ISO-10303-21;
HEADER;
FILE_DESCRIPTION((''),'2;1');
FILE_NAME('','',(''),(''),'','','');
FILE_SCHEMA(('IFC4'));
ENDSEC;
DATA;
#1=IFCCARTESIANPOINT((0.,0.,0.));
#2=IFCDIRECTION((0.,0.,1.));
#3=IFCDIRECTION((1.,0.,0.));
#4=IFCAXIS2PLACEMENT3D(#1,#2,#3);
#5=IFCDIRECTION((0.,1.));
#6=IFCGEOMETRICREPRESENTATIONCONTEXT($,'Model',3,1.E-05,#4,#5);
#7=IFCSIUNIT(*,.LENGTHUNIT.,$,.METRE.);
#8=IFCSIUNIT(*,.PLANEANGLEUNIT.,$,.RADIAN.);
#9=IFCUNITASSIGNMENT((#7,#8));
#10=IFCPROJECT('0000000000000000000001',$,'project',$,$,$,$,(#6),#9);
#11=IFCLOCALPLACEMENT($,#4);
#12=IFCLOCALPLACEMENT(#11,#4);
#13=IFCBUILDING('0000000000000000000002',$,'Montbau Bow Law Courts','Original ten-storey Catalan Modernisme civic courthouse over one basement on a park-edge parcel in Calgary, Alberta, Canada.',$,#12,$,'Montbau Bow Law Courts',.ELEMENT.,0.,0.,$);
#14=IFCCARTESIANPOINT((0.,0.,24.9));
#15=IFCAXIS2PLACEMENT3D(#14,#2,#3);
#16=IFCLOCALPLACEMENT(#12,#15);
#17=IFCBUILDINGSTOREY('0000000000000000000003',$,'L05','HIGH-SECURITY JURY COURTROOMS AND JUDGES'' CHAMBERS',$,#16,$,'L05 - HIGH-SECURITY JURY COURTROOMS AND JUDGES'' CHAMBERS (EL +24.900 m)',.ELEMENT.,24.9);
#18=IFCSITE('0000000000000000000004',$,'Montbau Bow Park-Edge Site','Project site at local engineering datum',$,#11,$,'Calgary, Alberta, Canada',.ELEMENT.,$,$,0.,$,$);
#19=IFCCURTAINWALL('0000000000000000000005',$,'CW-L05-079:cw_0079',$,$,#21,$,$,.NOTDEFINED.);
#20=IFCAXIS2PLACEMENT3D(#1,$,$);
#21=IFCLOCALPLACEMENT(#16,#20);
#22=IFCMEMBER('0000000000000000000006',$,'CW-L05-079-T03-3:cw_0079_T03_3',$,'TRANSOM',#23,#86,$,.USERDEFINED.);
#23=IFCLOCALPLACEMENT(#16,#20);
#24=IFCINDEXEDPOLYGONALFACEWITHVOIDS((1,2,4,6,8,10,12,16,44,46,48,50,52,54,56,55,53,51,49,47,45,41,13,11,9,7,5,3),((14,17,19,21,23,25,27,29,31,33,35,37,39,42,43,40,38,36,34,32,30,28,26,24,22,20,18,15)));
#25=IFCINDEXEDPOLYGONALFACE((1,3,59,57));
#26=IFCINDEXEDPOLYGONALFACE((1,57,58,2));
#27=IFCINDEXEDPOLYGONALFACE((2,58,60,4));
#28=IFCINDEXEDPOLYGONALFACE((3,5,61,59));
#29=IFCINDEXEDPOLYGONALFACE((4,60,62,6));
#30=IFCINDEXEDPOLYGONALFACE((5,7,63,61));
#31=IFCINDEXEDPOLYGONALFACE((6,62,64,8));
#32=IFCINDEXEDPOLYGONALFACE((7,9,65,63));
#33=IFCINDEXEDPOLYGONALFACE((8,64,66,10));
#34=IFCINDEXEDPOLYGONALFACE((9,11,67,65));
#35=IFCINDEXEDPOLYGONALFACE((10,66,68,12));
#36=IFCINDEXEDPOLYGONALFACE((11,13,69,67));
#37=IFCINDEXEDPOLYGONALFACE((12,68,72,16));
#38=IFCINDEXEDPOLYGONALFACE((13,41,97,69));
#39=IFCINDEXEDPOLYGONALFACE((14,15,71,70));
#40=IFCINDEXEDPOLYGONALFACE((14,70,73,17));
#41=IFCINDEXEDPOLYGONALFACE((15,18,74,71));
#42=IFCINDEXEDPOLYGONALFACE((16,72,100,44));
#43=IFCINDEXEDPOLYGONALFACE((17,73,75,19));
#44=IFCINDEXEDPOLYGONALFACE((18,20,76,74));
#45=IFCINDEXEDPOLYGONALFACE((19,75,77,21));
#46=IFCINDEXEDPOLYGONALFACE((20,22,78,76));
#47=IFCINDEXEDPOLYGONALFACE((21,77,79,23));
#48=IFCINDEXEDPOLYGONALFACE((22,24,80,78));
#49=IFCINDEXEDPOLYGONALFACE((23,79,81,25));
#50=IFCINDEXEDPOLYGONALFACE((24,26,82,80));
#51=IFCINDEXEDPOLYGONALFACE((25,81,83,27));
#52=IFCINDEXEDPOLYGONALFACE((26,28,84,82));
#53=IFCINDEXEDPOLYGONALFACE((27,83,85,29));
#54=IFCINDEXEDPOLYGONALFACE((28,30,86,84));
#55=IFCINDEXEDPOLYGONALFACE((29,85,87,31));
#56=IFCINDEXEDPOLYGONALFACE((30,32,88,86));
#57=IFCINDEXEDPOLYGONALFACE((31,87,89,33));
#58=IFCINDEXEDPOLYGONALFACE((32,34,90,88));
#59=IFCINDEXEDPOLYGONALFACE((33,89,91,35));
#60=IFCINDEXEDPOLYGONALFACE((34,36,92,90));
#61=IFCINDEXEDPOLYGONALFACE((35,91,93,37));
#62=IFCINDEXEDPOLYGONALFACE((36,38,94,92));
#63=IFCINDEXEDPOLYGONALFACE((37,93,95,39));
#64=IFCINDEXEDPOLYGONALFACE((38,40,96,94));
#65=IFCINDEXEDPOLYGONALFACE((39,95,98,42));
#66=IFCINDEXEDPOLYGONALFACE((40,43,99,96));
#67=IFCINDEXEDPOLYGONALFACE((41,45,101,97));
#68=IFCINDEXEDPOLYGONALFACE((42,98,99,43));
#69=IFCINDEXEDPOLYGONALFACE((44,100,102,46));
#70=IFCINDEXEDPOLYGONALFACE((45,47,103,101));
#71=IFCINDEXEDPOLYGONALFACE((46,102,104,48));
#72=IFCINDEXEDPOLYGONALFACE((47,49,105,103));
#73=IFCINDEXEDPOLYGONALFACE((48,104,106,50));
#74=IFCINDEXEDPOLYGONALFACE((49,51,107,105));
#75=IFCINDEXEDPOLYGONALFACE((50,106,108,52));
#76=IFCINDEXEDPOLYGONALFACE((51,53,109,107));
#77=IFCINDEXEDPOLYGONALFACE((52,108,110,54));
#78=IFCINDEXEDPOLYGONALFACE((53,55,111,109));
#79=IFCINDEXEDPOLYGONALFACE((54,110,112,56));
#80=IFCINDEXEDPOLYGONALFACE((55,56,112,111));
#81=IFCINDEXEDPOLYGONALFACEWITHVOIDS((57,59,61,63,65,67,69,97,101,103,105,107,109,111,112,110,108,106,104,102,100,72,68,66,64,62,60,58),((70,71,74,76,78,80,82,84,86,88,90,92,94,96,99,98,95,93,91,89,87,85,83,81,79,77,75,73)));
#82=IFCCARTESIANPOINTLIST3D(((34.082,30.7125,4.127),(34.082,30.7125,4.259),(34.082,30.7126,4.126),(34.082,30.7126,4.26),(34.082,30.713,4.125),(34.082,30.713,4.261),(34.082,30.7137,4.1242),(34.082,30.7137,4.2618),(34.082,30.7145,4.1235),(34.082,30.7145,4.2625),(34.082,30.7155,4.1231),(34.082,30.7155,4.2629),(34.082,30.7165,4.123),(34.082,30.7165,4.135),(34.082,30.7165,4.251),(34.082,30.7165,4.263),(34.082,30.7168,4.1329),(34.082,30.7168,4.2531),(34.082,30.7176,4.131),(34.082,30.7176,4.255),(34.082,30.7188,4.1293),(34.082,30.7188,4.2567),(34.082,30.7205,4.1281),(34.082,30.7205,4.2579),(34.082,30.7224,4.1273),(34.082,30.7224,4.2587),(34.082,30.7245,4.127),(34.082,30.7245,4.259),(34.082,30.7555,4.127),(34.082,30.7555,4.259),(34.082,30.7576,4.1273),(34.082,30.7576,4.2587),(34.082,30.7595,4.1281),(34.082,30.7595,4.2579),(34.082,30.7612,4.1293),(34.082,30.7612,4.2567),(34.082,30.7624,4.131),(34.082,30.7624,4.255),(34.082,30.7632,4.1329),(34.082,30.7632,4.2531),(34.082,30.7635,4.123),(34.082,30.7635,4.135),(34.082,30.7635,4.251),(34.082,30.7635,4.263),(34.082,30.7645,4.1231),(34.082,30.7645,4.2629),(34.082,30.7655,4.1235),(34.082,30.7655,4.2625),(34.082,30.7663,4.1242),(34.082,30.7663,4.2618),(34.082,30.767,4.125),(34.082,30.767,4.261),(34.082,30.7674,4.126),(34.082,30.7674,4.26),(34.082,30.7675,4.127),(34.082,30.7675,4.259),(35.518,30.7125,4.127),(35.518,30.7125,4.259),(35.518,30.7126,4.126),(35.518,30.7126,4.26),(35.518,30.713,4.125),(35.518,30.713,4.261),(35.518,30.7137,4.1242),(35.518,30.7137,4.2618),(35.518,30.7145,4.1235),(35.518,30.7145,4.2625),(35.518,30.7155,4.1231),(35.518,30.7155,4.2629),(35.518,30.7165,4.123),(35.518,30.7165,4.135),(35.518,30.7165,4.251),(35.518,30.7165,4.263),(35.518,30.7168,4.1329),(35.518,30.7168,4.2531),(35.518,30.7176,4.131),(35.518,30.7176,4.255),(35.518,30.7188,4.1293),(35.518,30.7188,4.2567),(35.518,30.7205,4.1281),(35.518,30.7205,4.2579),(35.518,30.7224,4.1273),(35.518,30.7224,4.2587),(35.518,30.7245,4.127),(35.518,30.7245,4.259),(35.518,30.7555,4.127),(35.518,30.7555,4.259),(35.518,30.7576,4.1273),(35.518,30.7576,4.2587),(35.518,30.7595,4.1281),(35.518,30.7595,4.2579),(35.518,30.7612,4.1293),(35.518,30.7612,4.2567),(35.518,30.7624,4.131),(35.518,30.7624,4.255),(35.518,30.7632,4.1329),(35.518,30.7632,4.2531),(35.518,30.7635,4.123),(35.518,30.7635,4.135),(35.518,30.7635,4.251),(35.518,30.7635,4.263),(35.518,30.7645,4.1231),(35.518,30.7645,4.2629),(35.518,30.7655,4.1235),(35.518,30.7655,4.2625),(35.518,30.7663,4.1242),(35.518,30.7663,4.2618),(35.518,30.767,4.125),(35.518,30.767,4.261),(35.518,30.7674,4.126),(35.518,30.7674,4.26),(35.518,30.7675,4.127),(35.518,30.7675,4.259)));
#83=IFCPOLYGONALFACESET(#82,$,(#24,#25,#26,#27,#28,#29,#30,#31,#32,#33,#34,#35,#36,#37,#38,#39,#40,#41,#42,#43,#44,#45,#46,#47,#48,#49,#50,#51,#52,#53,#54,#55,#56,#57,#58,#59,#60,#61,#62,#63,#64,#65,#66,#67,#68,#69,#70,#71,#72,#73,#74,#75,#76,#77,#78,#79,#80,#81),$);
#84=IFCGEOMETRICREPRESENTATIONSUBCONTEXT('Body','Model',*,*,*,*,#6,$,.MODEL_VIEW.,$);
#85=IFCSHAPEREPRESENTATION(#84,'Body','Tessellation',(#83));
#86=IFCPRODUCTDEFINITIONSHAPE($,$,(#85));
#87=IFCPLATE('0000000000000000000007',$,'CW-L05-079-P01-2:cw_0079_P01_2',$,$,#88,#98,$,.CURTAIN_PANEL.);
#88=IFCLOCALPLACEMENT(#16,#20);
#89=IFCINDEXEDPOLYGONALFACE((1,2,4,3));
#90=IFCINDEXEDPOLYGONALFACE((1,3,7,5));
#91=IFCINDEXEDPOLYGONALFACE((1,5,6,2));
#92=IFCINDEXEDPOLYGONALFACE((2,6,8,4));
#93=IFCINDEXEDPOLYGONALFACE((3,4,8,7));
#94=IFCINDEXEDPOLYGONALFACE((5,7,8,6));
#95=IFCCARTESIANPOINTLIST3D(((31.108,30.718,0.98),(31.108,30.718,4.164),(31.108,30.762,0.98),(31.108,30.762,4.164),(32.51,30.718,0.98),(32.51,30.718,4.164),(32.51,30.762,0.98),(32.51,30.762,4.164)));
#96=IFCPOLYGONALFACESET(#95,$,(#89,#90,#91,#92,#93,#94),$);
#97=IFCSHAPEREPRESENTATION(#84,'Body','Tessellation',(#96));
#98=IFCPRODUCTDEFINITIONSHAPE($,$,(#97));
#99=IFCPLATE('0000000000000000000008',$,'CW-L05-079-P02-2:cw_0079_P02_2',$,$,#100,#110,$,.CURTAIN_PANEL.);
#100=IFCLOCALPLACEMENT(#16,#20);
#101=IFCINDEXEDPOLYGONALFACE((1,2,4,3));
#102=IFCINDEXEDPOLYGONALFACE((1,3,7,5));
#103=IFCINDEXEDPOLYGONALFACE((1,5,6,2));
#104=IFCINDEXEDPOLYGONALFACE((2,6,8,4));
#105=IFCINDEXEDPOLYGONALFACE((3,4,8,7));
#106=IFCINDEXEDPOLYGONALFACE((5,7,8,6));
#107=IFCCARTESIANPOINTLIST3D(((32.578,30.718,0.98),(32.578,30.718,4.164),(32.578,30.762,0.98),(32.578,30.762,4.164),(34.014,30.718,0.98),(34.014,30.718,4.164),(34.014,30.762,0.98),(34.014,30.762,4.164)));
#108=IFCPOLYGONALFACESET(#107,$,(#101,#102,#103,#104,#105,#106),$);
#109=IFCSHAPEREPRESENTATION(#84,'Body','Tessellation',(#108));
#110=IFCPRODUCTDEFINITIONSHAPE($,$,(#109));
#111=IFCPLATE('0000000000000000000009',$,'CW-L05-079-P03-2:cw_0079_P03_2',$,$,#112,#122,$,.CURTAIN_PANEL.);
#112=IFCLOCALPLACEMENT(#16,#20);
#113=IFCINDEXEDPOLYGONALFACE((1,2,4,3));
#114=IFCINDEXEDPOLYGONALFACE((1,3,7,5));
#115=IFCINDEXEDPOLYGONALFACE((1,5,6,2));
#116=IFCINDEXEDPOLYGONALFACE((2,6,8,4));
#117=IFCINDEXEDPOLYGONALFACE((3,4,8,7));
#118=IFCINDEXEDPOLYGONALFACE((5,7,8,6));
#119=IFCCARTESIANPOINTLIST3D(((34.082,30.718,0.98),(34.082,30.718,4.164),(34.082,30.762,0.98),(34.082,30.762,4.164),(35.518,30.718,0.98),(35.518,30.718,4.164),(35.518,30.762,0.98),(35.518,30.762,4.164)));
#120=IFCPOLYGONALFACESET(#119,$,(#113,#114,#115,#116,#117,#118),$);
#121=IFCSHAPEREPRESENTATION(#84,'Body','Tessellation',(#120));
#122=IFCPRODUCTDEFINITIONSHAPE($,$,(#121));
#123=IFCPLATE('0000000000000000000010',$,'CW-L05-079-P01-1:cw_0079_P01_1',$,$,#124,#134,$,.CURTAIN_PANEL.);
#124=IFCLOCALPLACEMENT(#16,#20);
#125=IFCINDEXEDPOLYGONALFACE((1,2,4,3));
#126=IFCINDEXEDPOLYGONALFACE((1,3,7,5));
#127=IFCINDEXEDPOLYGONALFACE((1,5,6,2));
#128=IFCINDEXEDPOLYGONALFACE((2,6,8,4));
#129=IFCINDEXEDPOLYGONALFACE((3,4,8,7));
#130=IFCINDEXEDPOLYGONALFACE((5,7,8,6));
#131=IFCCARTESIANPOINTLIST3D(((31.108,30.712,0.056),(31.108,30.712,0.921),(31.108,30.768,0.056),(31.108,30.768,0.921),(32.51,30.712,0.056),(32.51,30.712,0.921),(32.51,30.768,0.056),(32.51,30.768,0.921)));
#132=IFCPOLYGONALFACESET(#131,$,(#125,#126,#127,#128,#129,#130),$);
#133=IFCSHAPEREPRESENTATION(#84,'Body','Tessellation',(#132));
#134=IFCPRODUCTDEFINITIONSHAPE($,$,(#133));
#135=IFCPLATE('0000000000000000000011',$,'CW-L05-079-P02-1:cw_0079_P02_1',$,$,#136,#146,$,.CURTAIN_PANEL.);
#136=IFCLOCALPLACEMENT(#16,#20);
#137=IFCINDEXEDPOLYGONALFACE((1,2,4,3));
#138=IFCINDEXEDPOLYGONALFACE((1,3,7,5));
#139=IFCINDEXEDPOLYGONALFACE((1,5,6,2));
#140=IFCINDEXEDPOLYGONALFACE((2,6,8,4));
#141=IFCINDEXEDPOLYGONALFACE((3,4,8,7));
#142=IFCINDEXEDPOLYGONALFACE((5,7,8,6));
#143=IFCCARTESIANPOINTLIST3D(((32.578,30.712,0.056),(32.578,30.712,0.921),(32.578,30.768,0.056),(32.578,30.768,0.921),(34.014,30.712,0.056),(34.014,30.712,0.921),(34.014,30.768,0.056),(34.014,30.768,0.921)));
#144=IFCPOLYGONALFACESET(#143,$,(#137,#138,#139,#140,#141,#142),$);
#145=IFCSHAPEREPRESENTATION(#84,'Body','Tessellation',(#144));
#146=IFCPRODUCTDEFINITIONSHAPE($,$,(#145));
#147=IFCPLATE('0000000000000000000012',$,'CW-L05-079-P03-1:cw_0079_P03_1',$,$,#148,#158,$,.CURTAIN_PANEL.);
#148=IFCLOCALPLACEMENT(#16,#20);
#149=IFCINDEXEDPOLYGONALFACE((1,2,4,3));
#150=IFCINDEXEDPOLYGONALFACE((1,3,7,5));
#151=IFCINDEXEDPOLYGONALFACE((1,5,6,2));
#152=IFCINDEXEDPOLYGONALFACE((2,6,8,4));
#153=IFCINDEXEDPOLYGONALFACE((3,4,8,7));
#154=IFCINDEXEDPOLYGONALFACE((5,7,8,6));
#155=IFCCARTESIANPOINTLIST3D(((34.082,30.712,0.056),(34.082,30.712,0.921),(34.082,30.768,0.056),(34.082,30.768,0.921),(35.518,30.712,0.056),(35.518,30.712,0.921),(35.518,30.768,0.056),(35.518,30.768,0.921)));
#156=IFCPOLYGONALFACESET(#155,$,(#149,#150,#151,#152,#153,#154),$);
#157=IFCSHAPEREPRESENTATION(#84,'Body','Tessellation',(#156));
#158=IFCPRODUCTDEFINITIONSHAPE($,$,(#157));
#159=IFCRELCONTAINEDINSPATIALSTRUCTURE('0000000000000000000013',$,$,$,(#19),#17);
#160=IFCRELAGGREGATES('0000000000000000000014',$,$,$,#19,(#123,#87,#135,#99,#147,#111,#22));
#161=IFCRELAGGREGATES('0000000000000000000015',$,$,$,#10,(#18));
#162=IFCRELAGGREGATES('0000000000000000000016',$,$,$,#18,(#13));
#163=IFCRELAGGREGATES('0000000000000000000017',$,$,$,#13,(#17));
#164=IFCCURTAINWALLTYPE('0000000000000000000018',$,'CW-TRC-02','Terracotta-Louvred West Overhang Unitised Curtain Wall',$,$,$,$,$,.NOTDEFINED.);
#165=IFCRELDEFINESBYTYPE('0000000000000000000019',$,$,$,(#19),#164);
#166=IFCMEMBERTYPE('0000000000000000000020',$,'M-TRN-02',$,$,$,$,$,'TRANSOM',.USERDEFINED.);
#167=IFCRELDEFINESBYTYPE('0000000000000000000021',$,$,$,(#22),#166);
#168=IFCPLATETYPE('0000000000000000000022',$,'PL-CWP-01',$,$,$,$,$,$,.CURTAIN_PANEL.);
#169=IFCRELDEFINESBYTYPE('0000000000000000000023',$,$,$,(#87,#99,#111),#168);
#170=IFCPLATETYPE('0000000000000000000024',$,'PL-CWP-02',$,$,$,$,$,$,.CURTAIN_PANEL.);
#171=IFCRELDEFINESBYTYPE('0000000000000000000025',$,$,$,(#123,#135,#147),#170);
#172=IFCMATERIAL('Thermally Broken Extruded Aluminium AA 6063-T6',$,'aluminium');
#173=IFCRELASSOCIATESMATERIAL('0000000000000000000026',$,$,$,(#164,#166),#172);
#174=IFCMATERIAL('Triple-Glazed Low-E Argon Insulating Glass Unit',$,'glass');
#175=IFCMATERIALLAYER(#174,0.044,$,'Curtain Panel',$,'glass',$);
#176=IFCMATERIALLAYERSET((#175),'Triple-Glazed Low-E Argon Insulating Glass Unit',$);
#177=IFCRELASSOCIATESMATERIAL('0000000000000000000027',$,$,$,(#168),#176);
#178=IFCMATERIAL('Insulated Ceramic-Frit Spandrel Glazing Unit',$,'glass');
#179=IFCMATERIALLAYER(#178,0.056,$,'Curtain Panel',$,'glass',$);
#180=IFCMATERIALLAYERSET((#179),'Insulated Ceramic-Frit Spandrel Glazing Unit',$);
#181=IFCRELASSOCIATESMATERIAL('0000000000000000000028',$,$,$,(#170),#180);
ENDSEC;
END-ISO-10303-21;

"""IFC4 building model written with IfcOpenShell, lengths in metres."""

from ifc_helpers import new_model, si_unit, direction, frame, frame_2d, origin_with_axes, origin_2d_with_axis, place, context, subcontext, project, spatial, rectangle, hollow_rectangle, extrude, material, layer, layer_set, material_profile, profile_set, type_object, element, aggregate, save


model = new_model("IFC4")

# Units and contexts
model_context = context("Model", 3, precision=1e-05, world=origin_with_axes(), true_north=direction((0.0, 1.0)))
body_context = subcontext(model_context, "Body", "Model", "MODEL_VIEW")
ifc_project = project(units=[si_unit("LENGTHUNIT", "METRE"), si_unit("PLANEANGLEUNIT", "RADIAN")], contexts=[model_context])

# Site, building, storey
site_placement = place(None, origin_with_axes())
site = spatial("IfcSite", under=ifc_project, at=site_placement, Name="Montbau Bow Park-Edge Site", Description="Project site at local engineering datum", LongName="Calgary, Alberta, Canada", CompositionType="ELEMENT", RefElevation=0.0)
building_placement = place(site_placement, origin_with_axes())
building = spatial("IfcBuilding", under=site, at=building_placement, Name="Montbau Bow Law Courts", Description="Original ten-storey Catalan Modernisme civic courthouse over one basement on a park-edge parcel in Calgary, Alberta, Canada.", LongName="Montbau Bow Law Courts", CompositionType="ELEMENT", ElevationOfRefHeight=0.0, ElevationOfTerrain=0.0)
storey_placement = place(building_placement, frame((0.0, 0.0, 24.9), z_axis=(0.0, 0.0, 1.0), x_axis=(1.0, 0.0, 0.0)))
storey = spatial("IfcBuildingStorey", under=building, at=storey_placement, Name="L05", Description="HIGH-SECURITY JURY COURTROOMS AND JUDGES' CHAMBERS", LongName="L05 - HIGH-SECURITY JURY COURTROOMS AND JUDGES' CHAMBERS (EL +24.900 m)", CompositionType="ELEMENT", Elevation=24.9)

# Shared definitions
ifc_material_1 = material(Name="Thermally Broken Extruded Aluminium AA 6063-T6", Category="aluminium")
curtain_wall_type = type_object("IfcCurtainWallType", Name="CW-TRC-02", Description="Terracotta-Louvred West Overhang Unitised Curtain Wall", PredefinedType="NOTDEFINED", material=ifc_material_1)

# Curtain wall
curtain_wall_1_placement = place(None, frame((31.04, 30.74, 24.9), z_axis=(0.0, 0.0, 1.0), x_axis=(1.0, 0.0, 0.0)))
curtain_wall_1 = element("IfcCurtainWall", 1, at=curtain_wall_1_placement, inside=storey, type_object=curtain_wall_type, Name="CW-L05-079:cw_0079", PredefinedType="NOTDEFINED")

# Member
ifc_material_profile_1 = material_profile(ifc_material_1, hollow_rectangle(XDim=0.055, YDim=0.14, WallThickness=0.004, InnerFilletRadius=0.008, OuterFilletRadius=0.004, at=origin_2d_with_axis()), Name="CWT-140X55", Category="Main", Priority=0)
ifc_profile_set_1 = profile_set([ifc_material_profile_1], Name="Thermally Broken Extruded Aluminium AA 6063-T6")
member_type_1 = type_object("IfcMemberType", Name="M-TRN-02", ElementType="TRANSOM", PredefinedType="USERDEFINED", material=ifc_profile_set_1)
member_1_placement = place(None, frame((34.082, 30.74, 29.093), z_axis=(1.0, 0.0, 0.0), x_axis=(0.0, 1.0, 0.0)))
member_1 = element("IfcMember", 2, at=member_1_placement, type_object=member_type_1, Name="CW-L05-079-T03-3:cw_0079_T03_3", ObjectType="TRANSOM", PredefinedType="USERDEFINED", context=body_context, shape_type="SweptSolid", body=[
    extrude(hollow_rectangle(XDim=0.055, YDim=0.14, WallThickness=0.004, InnerFilletRadius=0.008, OuterFilletRadius=0.004, at=origin_2d_with_axis()), origin_with_axes(), (0.0, 0.0, 1.0), 1.436),
])

# Plates
ifc_material_2 = material(Name="Triple-Glazed Low-E Argon Insulating Glass Unit", Category="glass")
ifc_layer_1 = layer(ifc_material_2, 0.044, Name="Curtain Panel", Category="glass")
ifc_layer_set_1 = layer_set([ifc_layer_1], Name="Triple-Glazed Low-E Argon Insulating Glass Unit")
plate_type_1 = type_object("IfcPlateType", Name="PL-CWP-01", PredefinedType="CURTAIN_PANEL", material=ifc_layer_set_1)
plate_1_placement = place(None, frame((31.108, 30.74, 25.88), z_axis=(0.0, -1.0, 0.0), x_axis=(1.0, 0.0, 0.0)))
plate_1 = element("IfcPlate", 3, at=plate_1_placement, type_object=plate_type_1, Name="CW-L05-079-P01-2:cw_0079_P01_2", PredefinedType="CURTAIN_PANEL", context=body_context, shape_type="SweptSolid", body=[
    extrude(rectangle(XDim=1.402, YDim=3.184, at=frame_2d((0.701, 1.592), x_axis=(1.0, 0.0))), frame((0.0, 0.0, -0.022), z_axis=(0.0, 0.0, 1.0), x_axis=(1.0, 0.0, 0.0)), (0.0, 0.0, 1.0), 0.044),
])
plate_2_placement = place(None, frame((32.578, 30.74, 25.88), z_axis=(0.0, -1.0, 0.0), x_axis=(1.0, 0.0, 0.0)))
plate_2 = element("IfcPlate", 4, at=plate_2_placement, type_object=plate_type_1, Name="CW-L05-079-P02-2:cw_0079_P02_2", PredefinedType="CURTAIN_PANEL", context=body_context, shape_type="SweptSolid", body=[
    extrude(rectangle(XDim=1.436, YDim=3.184, at=frame_2d((0.718, 1.592), x_axis=(1.0, 0.0))), frame((0.0, 0.0, -0.022), z_axis=(0.0, 0.0, 1.0), x_axis=(1.0, 0.0, 0.0)), (0.0, 0.0, 1.0), 0.044),
])
plate_3_placement = place(None, frame((34.082, 30.74, 25.88), z_axis=(0.0, -1.0, 0.0), x_axis=(1.0, 0.0, 0.0)))
plate_3 = element("IfcPlate", 5, at=plate_3_placement, type_object=plate_type_1, Name="CW-L05-079-P03-2:cw_0079_P03_2", PredefinedType="CURTAIN_PANEL", context=body_context, shape_type="SweptSolid", body=[
    extrude(rectangle(XDim=1.436, YDim=3.184, at=frame_2d((0.718, 1.592), x_axis=(1.0, 0.0))), frame((0.0, 0.0, -0.022), z_axis=(0.0, 0.0, 1.0), x_axis=(1.0, 0.0, 0.0)), (0.0, 0.0, 1.0), 0.044),
])
ifc_material_3 = material(Name="Insulated Ceramic-Frit Spandrel Glazing Unit", Category="glass")
ifc_layer_2 = layer(ifc_material_3, 0.056, Name="Curtain Panel", Category="glass")
ifc_layer_set_2 = layer_set([ifc_layer_2], Name="Insulated Ceramic-Frit Spandrel Glazing Unit")
plate_type_2 = type_object("IfcPlateType", Name="PL-CWP-02", PredefinedType="CURTAIN_PANEL", material=ifc_layer_set_2)
plate_4_placement = place(None, frame((31.108, 30.74, 24.956), z_axis=(0.0, -1.0, 0.0), x_axis=(1.0, 0.0, 0.0)))
plate_4 = element("IfcPlate", 6, at=plate_4_placement, type_object=plate_type_2, Name="CW-L05-079-P01-1:cw_0079_P01_1", PredefinedType="CURTAIN_PANEL", context=body_context, shape_type="SweptSolid", body=[
    extrude(rectangle(XDim=1.402, YDim=0.865, at=frame_2d((0.701, 0.4325), x_axis=(1.0, 0.0))), frame((0.0, 0.0, -0.028), z_axis=(0.0, 0.0, 1.0), x_axis=(1.0, 0.0, 0.0)), (0.0, 0.0, 1.0), 0.056),
])
plate_5_placement = place(None, frame((32.578, 30.74, 24.956), z_axis=(0.0, -1.0, 0.0), x_axis=(1.0, 0.0, 0.0)))
plate_5 = element("IfcPlate", 7, at=plate_5_placement, type_object=plate_type_2, Name="CW-L05-079-P02-1:cw_0079_P02_1", PredefinedType="CURTAIN_PANEL", context=body_context, shape_type="SweptSolid", body=[
    extrude(rectangle(XDim=1.436, YDim=0.865, at=frame_2d((0.718, 0.4325), x_axis=(1.0, 0.0))), frame((0.0, 0.0, -0.028), z_axis=(0.0, 0.0, 1.0), x_axis=(1.0, 0.0, 0.0)), (0.0, 0.0, 1.0), 0.056),
])
plate_6_placement = place(None, frame((34.082, 30.74, 24.956), z_axis=(0.0, -1.0, 0.0), x_axis=(1.0, 0.0, 0.0)))
plate_6 = element("IfcPlate", 8, at=plate_6_placement, type_object=plate_type_2, Name="CW-L05-079-P03-1:cw_0079_P03_1", PredefinedType="CURTAIN_PANEL", context=body_context, shape_type="SweptSolid", body=[
    extrude(rectangle(XDim=1.436, YDim=0.865, at=frame_2d((0.718, 0.4325), x_axis=(1.0, 0.0))), frame((0.0, 0.0, -0.028), z_axis=(0.0, 0.0, 1.0), x_axis=(1.0, 0.0, 0.0)), (0.0, 0.0, 1.0), 0.056),
])
aggregate(curtain_wall_1, [plate_4, plate_1, plate_5, plate_2, plate_6, plate_3, member_1])

save(model, "model.ifc")
